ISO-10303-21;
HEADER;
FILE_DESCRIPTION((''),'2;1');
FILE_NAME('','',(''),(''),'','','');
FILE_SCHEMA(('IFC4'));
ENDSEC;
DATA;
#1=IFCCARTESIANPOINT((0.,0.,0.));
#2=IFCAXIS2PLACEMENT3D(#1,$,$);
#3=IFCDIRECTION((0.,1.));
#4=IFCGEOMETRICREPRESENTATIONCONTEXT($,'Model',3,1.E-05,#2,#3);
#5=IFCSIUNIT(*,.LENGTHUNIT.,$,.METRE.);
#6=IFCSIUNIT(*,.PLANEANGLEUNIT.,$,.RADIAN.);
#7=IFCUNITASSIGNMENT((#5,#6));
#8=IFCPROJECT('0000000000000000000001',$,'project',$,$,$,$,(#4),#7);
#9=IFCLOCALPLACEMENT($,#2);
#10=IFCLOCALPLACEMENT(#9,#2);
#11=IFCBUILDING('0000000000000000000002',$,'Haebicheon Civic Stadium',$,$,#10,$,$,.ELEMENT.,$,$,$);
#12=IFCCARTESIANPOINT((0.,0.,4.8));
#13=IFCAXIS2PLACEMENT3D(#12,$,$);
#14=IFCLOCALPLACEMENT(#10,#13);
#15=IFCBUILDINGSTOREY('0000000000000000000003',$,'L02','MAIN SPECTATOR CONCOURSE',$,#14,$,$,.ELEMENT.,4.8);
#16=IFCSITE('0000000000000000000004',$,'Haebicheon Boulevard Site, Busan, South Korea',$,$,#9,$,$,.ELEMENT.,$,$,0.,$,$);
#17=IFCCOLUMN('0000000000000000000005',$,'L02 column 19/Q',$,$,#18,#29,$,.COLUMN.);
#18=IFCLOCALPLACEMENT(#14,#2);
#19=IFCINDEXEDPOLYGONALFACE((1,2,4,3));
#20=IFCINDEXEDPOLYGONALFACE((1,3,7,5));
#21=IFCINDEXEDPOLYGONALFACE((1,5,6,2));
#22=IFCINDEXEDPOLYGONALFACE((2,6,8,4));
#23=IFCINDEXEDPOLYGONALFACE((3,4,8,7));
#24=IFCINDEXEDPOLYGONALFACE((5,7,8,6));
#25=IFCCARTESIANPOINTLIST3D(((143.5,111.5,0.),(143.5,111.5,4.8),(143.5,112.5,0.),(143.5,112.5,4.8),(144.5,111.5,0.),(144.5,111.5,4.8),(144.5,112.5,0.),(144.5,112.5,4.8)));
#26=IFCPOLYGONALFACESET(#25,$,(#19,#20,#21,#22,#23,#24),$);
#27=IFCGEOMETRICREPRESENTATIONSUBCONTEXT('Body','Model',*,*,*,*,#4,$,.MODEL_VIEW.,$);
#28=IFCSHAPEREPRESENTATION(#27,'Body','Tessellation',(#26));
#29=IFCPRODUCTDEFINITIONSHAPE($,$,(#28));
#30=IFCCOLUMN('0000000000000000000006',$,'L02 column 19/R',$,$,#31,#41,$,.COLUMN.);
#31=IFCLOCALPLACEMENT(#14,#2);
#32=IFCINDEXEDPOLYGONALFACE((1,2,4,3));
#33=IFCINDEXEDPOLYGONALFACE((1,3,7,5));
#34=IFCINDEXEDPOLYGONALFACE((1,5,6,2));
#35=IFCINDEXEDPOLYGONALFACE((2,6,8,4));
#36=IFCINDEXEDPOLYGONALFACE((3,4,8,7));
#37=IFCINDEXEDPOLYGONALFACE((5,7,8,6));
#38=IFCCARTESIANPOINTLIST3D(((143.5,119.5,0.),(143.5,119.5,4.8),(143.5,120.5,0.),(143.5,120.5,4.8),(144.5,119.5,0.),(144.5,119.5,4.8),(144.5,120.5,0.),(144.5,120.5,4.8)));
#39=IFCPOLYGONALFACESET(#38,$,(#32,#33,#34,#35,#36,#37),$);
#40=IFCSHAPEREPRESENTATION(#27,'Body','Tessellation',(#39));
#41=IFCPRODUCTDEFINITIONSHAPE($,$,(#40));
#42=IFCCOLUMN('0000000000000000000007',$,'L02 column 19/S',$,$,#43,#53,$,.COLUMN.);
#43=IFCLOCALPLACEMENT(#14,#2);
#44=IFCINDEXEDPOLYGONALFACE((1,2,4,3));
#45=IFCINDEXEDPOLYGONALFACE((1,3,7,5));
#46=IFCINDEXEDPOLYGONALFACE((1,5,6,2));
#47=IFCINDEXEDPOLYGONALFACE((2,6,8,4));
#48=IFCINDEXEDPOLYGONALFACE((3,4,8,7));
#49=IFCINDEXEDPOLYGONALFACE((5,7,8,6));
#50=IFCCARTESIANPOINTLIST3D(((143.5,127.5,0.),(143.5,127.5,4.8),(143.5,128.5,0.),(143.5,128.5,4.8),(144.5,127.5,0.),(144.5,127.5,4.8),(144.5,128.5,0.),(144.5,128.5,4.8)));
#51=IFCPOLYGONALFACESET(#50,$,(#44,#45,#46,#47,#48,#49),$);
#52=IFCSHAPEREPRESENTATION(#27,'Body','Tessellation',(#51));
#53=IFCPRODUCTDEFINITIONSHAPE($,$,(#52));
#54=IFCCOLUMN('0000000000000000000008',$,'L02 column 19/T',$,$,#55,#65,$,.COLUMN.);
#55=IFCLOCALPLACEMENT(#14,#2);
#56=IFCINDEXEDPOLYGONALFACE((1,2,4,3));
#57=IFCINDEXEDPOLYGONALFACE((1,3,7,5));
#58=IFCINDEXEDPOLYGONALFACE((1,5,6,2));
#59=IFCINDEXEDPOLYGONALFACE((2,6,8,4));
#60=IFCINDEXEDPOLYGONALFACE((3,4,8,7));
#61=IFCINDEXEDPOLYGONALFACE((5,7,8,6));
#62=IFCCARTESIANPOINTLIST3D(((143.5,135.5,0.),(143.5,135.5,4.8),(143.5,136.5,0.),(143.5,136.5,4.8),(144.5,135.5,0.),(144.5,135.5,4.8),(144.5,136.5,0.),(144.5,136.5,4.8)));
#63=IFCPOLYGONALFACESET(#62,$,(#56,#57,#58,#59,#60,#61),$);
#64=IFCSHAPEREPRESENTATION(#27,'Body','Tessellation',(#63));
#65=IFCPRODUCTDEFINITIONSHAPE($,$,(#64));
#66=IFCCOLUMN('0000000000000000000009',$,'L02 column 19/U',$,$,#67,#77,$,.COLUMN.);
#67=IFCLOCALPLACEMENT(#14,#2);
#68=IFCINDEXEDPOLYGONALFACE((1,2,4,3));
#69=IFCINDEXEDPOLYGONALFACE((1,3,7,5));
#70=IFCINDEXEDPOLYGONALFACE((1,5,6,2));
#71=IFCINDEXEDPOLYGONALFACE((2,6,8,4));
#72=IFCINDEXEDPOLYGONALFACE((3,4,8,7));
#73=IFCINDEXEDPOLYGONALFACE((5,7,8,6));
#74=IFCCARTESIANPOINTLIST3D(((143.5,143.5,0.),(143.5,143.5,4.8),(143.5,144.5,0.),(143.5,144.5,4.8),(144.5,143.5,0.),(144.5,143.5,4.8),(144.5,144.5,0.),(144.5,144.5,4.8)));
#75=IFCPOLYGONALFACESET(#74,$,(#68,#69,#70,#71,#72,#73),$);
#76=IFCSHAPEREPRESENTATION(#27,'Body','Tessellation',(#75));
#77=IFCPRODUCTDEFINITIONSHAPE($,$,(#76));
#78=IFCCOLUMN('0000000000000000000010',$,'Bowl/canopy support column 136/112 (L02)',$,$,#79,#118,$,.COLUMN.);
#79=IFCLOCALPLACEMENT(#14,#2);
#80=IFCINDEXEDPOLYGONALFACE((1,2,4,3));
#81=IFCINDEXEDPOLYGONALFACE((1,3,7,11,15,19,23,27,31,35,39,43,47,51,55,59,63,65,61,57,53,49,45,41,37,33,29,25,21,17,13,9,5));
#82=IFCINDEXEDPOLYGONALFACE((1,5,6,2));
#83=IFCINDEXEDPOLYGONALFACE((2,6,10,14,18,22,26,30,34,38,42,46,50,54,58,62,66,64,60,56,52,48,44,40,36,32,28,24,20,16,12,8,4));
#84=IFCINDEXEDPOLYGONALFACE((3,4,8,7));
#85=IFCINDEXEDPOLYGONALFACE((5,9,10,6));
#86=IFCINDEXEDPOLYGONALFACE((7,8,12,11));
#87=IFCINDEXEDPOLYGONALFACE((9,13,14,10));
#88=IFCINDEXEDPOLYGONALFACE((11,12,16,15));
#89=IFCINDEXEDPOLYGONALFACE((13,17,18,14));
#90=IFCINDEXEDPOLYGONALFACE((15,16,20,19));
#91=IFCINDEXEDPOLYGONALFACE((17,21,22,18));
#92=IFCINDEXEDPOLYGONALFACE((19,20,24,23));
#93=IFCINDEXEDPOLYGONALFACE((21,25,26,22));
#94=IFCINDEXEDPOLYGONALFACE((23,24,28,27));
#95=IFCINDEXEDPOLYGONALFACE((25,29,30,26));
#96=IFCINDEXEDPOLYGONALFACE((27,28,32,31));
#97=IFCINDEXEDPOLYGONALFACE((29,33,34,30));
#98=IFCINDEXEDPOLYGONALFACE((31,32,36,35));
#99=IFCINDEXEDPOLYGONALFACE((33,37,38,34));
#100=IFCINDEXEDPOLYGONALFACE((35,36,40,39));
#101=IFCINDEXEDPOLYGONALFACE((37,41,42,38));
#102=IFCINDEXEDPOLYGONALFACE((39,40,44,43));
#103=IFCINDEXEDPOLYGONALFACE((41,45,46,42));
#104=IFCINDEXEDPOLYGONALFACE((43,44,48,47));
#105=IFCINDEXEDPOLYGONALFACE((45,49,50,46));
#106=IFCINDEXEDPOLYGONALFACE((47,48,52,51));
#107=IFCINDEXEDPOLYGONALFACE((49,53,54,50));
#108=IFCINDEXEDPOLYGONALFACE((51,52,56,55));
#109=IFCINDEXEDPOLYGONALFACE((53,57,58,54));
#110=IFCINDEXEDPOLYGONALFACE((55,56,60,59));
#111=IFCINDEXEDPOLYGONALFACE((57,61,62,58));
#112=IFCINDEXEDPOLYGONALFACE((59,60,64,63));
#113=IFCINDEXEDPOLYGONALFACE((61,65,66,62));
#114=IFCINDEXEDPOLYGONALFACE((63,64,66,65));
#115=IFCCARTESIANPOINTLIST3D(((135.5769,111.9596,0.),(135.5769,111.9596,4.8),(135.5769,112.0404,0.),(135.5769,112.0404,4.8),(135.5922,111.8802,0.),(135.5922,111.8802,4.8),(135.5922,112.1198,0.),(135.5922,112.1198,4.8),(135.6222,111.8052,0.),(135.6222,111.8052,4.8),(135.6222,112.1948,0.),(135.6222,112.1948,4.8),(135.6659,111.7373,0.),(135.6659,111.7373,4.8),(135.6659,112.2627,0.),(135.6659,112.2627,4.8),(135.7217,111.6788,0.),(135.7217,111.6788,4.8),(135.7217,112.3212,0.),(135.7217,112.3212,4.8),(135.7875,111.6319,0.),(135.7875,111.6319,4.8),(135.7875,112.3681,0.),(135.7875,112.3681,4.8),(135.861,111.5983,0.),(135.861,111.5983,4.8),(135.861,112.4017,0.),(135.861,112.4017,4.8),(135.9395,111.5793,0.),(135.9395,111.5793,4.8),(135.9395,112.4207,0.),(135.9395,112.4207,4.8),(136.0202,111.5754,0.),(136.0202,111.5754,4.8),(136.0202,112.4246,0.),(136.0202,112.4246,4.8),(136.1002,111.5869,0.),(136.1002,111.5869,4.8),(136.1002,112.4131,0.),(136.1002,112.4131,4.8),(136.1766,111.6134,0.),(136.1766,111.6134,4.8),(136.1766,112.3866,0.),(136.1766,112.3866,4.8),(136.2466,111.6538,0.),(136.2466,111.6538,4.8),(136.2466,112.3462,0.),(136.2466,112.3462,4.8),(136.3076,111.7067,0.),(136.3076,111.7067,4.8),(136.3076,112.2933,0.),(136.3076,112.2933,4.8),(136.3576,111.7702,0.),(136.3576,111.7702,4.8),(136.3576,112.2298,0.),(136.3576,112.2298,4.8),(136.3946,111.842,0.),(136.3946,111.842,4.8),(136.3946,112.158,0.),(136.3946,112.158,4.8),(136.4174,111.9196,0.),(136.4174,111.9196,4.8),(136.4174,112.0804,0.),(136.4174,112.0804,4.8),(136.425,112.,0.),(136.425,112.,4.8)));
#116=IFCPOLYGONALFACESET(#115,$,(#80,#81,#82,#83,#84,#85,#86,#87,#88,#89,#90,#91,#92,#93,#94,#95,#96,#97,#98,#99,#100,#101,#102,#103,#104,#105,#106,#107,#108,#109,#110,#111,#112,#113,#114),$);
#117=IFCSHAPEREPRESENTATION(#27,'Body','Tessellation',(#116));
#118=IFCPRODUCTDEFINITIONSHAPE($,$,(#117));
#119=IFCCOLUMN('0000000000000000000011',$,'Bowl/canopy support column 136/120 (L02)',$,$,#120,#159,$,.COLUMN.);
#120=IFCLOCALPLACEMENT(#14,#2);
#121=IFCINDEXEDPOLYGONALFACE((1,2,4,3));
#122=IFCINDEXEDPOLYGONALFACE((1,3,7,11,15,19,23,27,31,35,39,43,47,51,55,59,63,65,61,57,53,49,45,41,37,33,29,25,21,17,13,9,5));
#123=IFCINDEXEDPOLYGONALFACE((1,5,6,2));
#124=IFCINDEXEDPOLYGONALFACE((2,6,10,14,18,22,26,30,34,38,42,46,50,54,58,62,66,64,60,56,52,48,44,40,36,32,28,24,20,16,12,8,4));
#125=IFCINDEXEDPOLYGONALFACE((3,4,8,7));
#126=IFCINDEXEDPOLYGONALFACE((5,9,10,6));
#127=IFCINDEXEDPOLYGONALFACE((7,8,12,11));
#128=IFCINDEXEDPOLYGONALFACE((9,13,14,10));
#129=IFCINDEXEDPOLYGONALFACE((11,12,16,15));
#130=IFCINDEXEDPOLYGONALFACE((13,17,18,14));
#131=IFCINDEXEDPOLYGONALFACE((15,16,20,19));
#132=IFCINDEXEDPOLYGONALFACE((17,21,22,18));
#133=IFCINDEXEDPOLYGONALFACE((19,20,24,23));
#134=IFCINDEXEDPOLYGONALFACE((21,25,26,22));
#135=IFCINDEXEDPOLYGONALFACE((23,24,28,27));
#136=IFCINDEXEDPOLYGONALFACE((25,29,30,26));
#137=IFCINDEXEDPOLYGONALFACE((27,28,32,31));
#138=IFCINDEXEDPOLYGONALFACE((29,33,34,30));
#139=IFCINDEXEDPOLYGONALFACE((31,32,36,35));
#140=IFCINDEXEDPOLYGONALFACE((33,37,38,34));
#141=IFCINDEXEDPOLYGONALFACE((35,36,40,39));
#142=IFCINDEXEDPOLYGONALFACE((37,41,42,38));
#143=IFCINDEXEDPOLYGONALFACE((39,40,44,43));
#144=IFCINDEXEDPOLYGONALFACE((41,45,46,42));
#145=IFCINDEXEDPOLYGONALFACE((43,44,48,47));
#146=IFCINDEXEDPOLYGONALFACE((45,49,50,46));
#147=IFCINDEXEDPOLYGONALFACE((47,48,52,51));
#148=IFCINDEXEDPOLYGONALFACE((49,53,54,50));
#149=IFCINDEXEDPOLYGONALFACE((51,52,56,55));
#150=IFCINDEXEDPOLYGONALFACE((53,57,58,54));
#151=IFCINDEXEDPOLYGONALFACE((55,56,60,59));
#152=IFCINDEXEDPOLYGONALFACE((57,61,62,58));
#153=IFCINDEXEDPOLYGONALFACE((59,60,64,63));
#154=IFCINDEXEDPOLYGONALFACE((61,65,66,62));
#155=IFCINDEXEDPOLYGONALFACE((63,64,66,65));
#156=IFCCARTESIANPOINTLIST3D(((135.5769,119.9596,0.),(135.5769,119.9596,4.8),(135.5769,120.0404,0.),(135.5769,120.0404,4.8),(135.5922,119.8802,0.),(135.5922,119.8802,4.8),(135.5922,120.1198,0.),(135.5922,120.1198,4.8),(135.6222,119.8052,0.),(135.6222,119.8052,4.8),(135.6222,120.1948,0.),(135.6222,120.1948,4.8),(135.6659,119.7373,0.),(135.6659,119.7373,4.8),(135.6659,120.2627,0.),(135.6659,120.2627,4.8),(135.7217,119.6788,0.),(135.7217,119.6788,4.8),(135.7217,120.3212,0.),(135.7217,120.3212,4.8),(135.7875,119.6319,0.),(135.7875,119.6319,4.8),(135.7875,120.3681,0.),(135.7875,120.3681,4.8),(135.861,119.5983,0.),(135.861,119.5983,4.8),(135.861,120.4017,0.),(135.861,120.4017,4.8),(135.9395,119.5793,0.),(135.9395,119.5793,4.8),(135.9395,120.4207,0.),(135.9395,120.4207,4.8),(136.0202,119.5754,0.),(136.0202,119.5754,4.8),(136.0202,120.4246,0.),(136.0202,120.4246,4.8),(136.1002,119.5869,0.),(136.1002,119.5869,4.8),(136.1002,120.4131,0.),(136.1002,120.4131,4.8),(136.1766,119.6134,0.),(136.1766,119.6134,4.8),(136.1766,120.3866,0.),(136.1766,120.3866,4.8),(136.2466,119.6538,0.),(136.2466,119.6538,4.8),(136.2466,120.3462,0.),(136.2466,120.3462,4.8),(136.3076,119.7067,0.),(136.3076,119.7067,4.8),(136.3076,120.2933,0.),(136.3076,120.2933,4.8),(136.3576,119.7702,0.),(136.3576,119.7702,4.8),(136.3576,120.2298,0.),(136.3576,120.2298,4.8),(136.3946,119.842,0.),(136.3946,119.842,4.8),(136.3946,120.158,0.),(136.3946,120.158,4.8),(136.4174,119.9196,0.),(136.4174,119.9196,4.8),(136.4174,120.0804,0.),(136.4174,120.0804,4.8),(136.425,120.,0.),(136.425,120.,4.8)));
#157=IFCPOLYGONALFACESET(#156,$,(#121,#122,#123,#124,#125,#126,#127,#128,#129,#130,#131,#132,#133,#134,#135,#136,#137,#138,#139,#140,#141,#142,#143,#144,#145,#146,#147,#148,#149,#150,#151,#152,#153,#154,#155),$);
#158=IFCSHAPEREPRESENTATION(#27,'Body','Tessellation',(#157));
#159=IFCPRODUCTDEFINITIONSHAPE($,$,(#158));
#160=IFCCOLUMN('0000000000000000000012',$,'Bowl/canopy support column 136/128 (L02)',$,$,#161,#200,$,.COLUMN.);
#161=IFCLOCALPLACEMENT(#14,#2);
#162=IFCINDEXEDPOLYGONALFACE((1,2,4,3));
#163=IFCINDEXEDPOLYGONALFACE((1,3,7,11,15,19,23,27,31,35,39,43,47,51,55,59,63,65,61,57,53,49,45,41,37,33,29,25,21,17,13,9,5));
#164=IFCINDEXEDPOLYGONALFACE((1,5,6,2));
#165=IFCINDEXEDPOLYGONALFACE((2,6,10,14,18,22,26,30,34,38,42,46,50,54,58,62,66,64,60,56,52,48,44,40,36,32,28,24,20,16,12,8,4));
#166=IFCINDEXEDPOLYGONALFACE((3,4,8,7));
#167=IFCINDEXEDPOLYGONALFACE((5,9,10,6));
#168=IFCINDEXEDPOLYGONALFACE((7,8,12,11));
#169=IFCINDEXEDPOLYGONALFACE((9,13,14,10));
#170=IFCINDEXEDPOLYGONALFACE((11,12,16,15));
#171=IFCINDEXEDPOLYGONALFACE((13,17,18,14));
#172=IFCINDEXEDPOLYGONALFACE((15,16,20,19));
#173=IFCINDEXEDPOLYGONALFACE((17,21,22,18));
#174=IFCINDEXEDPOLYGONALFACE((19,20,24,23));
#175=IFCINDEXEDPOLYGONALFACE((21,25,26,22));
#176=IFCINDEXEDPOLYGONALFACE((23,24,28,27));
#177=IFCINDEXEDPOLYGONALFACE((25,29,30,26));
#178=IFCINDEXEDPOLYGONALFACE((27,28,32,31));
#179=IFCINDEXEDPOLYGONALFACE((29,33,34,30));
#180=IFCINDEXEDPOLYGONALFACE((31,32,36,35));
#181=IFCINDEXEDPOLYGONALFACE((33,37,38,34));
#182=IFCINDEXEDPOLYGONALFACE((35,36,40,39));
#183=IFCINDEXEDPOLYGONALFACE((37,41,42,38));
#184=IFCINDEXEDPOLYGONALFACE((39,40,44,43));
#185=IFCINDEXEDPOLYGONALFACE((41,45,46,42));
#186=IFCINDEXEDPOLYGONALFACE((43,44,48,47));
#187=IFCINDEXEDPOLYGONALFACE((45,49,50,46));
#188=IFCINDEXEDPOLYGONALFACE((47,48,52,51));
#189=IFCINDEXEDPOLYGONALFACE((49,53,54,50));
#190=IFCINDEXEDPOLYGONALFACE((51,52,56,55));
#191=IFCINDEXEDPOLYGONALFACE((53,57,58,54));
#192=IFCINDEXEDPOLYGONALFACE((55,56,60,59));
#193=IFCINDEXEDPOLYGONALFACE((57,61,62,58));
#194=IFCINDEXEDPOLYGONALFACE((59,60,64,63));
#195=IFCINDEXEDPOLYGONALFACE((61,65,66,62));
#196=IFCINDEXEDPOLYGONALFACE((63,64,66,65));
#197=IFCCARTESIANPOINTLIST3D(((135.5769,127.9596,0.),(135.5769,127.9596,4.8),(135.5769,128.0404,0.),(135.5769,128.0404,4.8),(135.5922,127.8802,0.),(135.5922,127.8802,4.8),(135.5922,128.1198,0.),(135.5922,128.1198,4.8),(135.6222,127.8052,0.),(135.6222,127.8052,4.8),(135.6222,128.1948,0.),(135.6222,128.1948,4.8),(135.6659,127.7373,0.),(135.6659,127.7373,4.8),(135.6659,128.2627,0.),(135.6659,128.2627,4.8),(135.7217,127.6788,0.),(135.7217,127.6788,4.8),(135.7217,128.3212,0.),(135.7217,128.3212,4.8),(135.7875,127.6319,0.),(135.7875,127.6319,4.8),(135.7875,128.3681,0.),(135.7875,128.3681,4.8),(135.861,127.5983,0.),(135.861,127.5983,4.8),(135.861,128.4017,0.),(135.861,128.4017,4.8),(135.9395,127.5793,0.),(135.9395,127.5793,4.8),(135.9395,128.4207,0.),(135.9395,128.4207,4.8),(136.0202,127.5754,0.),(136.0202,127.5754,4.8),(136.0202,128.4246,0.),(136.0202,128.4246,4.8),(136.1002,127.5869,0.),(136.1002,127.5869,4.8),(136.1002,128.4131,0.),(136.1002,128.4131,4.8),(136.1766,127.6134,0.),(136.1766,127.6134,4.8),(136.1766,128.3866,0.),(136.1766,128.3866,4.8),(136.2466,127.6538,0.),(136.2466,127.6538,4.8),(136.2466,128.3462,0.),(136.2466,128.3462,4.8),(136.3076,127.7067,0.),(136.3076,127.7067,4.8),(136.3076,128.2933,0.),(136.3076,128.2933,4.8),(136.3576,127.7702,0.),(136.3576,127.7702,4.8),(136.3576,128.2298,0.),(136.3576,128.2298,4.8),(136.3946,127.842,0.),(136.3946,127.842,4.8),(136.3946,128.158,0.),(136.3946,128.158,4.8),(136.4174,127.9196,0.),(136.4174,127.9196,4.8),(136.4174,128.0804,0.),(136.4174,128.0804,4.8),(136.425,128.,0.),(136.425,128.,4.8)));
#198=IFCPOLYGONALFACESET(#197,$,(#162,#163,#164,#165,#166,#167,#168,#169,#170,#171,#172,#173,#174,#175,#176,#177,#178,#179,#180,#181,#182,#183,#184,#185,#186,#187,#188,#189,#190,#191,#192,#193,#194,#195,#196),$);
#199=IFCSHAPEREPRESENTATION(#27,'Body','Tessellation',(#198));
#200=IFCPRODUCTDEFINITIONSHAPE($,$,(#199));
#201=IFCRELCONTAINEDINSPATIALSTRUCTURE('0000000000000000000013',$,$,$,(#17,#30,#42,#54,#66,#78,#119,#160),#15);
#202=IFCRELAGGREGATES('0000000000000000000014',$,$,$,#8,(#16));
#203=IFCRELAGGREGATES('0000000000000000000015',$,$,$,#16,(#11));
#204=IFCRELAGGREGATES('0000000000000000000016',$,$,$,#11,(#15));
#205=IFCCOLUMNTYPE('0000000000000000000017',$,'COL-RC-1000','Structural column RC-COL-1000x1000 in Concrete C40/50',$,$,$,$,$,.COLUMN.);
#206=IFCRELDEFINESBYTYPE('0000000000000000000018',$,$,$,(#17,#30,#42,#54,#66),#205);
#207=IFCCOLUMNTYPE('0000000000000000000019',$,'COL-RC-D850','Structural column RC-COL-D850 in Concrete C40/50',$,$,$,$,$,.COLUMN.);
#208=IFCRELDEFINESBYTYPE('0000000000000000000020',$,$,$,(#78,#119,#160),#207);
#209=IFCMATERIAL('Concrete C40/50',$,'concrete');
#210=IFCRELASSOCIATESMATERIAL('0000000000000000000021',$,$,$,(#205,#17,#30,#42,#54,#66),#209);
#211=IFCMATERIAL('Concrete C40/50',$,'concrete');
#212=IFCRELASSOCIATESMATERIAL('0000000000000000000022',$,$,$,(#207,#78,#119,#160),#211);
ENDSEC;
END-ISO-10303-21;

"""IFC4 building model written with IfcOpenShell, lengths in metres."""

from ifc_helpers import new_model, si_unit, direction, frame, origin, origin_2d, place, context, subcontext, project, spatial, rectangle, circle, extrude, material, material_profile, profile_set, type_object, element, save


model = new_model("IFC4")

# Units and contexts
model_context = context("Model", 3, precision=1e-05, world=origin(), true_north=direction((0.0, 1.0)))
body_context = subcontext(model_context, "Body", "Model", "MODEL_VIEW")
ifc_project = project(units=[si_unit("LENGTHUNIT", "METRE"), si_unit("PLANEANGLEUNIT", "RADIAN")], contexts=[model_context])

# Site, building, storey
site_placement = place(None, origin())
site = spatial("IfcSite", under=ifc_project, at=site_placement, Name="Haebicheon Boulevard Site, Busan, South Korea", CompositionType="ELEMENT", RefElevation=0.0)
building_placement = place(site_placement, origin())
building = spatial("IfcBuilding", under=site, at=building_placement, Name="Haebicheon Civic Stadium", CompositionType="ELEMENT")
storey_placement = place(building_placement, frame((0.0, 0.0, 4.8)))
storey = spatial("IfcBuildingStorey", under=building, at=storey_placement, Name="L02", Description="MAIN SPECTATOR CONCOURSE", CompositionType="ELEMENT", Elevation=4.8)

# Columns
ifc_material_1 = material(Name="Concrete C40/50", Category="concrete")
ifc_material_profile_1 = material_profile(ifc_material_1, rectangle(XDim=1.0, YDim=1.0, at=origin_2d()), Name="RC-COL-1000x1000")
ifc_profile_set_1 = profile_set([ifc_material_profile_1], Name="Concrete C40/50")
column_type_1 = type_object("IfcColumnType", Name="COL-RC-1000", Description="Structural column RC-COL-1000x1000 in Concrete C40/50", PredefinedType="COLUMN", material=ifc_profile_set_1)
for number, where, z_axis, x_axis, name in (
    (1, (144.0, 112.0, 0.0), (0.0, 0.0, 1.0), (1.0, 0.0, 0.0), "L02 column 19/Q"),
    (2, (144.0, 120.0, 0.0), (0.0, 0.0, 1.0), (1.0, 0.0, 0.0), "L02 column 19/R"),
    (3, (144.0, 128.0, 0.0), (0.0, 0.0, 1.0), (1.0, 0.0, 0.0), "L02 column 19/S"),
    (4, (144.0, 136.0, 0.0), (0.0, 0.0, 1.0), (1.0, 0.0, 0.0), "L02 column 19/T"),
    (5, (144.0, 144.0, 0.0), (0.0, 0.0, 1.0), (1.0, 0.0, 0.0), "L02 column 19/U"),
):
    element("IfcColumn", number, at=place(storey_placement, frame(where, z_axis=z_axis, x_axis=x_axis)), inside=storey, type_object=column_type_1, material=ifc_profile_set_1, Name=name, PredefinedType="COLUMN", context=body_context, shape_type="SweptSolid", body=[
        extrude(rectangle(XDim=1.0, YDim=1.0, at=origin_2d()), origin(), (0.0, 0.0, 1.0), 4.8),
    ])
ifc_material_2 = material(Name="Concrete C40/50", Category="concrete")
ifc_material_profile_2 = material_profile(ifc_material_2, circle(Radius=0.425, at=origin_2d()), Name="RC-COL-D850")
ifc_profile_set_2 = profile_set([ifc_material_profile_2], Name="Concrete C40/50")
column_type_2 = type_object("IfcColumnType", Name="COL-RC-D850", Description="Structural column RC-COL-D850 in Concrete C40/50", PredefinedType="COLUMN", material=ifc_profile_set_2)
for number, where, z_axis, x_axis, name in (
    (6, (136.0, 112.0, 0.0), (0.0, 0.0, 1.0), (1.0, 0.0, 0.0), "Bowl/canopy support column 136/112 (L02)"),
    (7, (136.0, 120.0, 0.0), (0.0, 0.0, 1.0), (1.0, 0.0, 0.0), "Bowl/canopy support column 136/120 (L02)"),
    (8, (136.0, 128.0, 0.0), (0.0, 0.0, 1.0), (1.0, 0.0, 0.0), "Bowl/canopy support column 136/128 (L02)"),
):
    element("IfcColumn", number, at=place(storey_placement, frame(where, z_axis=z_axis, x_axis=x_axis)), inside=storey, type_object=column_type_2, material=ifc_profile_set_2, Name=name, PredefinedType="COLUMN", context=body_context, shape_type="SweptSolid", body=[
        extrude(circle(Radius=0.425, at=origin_2d()), origin(), (0.0, 0.0, 1.0), 4.8),
    ])

save(model, "model.ifc")
